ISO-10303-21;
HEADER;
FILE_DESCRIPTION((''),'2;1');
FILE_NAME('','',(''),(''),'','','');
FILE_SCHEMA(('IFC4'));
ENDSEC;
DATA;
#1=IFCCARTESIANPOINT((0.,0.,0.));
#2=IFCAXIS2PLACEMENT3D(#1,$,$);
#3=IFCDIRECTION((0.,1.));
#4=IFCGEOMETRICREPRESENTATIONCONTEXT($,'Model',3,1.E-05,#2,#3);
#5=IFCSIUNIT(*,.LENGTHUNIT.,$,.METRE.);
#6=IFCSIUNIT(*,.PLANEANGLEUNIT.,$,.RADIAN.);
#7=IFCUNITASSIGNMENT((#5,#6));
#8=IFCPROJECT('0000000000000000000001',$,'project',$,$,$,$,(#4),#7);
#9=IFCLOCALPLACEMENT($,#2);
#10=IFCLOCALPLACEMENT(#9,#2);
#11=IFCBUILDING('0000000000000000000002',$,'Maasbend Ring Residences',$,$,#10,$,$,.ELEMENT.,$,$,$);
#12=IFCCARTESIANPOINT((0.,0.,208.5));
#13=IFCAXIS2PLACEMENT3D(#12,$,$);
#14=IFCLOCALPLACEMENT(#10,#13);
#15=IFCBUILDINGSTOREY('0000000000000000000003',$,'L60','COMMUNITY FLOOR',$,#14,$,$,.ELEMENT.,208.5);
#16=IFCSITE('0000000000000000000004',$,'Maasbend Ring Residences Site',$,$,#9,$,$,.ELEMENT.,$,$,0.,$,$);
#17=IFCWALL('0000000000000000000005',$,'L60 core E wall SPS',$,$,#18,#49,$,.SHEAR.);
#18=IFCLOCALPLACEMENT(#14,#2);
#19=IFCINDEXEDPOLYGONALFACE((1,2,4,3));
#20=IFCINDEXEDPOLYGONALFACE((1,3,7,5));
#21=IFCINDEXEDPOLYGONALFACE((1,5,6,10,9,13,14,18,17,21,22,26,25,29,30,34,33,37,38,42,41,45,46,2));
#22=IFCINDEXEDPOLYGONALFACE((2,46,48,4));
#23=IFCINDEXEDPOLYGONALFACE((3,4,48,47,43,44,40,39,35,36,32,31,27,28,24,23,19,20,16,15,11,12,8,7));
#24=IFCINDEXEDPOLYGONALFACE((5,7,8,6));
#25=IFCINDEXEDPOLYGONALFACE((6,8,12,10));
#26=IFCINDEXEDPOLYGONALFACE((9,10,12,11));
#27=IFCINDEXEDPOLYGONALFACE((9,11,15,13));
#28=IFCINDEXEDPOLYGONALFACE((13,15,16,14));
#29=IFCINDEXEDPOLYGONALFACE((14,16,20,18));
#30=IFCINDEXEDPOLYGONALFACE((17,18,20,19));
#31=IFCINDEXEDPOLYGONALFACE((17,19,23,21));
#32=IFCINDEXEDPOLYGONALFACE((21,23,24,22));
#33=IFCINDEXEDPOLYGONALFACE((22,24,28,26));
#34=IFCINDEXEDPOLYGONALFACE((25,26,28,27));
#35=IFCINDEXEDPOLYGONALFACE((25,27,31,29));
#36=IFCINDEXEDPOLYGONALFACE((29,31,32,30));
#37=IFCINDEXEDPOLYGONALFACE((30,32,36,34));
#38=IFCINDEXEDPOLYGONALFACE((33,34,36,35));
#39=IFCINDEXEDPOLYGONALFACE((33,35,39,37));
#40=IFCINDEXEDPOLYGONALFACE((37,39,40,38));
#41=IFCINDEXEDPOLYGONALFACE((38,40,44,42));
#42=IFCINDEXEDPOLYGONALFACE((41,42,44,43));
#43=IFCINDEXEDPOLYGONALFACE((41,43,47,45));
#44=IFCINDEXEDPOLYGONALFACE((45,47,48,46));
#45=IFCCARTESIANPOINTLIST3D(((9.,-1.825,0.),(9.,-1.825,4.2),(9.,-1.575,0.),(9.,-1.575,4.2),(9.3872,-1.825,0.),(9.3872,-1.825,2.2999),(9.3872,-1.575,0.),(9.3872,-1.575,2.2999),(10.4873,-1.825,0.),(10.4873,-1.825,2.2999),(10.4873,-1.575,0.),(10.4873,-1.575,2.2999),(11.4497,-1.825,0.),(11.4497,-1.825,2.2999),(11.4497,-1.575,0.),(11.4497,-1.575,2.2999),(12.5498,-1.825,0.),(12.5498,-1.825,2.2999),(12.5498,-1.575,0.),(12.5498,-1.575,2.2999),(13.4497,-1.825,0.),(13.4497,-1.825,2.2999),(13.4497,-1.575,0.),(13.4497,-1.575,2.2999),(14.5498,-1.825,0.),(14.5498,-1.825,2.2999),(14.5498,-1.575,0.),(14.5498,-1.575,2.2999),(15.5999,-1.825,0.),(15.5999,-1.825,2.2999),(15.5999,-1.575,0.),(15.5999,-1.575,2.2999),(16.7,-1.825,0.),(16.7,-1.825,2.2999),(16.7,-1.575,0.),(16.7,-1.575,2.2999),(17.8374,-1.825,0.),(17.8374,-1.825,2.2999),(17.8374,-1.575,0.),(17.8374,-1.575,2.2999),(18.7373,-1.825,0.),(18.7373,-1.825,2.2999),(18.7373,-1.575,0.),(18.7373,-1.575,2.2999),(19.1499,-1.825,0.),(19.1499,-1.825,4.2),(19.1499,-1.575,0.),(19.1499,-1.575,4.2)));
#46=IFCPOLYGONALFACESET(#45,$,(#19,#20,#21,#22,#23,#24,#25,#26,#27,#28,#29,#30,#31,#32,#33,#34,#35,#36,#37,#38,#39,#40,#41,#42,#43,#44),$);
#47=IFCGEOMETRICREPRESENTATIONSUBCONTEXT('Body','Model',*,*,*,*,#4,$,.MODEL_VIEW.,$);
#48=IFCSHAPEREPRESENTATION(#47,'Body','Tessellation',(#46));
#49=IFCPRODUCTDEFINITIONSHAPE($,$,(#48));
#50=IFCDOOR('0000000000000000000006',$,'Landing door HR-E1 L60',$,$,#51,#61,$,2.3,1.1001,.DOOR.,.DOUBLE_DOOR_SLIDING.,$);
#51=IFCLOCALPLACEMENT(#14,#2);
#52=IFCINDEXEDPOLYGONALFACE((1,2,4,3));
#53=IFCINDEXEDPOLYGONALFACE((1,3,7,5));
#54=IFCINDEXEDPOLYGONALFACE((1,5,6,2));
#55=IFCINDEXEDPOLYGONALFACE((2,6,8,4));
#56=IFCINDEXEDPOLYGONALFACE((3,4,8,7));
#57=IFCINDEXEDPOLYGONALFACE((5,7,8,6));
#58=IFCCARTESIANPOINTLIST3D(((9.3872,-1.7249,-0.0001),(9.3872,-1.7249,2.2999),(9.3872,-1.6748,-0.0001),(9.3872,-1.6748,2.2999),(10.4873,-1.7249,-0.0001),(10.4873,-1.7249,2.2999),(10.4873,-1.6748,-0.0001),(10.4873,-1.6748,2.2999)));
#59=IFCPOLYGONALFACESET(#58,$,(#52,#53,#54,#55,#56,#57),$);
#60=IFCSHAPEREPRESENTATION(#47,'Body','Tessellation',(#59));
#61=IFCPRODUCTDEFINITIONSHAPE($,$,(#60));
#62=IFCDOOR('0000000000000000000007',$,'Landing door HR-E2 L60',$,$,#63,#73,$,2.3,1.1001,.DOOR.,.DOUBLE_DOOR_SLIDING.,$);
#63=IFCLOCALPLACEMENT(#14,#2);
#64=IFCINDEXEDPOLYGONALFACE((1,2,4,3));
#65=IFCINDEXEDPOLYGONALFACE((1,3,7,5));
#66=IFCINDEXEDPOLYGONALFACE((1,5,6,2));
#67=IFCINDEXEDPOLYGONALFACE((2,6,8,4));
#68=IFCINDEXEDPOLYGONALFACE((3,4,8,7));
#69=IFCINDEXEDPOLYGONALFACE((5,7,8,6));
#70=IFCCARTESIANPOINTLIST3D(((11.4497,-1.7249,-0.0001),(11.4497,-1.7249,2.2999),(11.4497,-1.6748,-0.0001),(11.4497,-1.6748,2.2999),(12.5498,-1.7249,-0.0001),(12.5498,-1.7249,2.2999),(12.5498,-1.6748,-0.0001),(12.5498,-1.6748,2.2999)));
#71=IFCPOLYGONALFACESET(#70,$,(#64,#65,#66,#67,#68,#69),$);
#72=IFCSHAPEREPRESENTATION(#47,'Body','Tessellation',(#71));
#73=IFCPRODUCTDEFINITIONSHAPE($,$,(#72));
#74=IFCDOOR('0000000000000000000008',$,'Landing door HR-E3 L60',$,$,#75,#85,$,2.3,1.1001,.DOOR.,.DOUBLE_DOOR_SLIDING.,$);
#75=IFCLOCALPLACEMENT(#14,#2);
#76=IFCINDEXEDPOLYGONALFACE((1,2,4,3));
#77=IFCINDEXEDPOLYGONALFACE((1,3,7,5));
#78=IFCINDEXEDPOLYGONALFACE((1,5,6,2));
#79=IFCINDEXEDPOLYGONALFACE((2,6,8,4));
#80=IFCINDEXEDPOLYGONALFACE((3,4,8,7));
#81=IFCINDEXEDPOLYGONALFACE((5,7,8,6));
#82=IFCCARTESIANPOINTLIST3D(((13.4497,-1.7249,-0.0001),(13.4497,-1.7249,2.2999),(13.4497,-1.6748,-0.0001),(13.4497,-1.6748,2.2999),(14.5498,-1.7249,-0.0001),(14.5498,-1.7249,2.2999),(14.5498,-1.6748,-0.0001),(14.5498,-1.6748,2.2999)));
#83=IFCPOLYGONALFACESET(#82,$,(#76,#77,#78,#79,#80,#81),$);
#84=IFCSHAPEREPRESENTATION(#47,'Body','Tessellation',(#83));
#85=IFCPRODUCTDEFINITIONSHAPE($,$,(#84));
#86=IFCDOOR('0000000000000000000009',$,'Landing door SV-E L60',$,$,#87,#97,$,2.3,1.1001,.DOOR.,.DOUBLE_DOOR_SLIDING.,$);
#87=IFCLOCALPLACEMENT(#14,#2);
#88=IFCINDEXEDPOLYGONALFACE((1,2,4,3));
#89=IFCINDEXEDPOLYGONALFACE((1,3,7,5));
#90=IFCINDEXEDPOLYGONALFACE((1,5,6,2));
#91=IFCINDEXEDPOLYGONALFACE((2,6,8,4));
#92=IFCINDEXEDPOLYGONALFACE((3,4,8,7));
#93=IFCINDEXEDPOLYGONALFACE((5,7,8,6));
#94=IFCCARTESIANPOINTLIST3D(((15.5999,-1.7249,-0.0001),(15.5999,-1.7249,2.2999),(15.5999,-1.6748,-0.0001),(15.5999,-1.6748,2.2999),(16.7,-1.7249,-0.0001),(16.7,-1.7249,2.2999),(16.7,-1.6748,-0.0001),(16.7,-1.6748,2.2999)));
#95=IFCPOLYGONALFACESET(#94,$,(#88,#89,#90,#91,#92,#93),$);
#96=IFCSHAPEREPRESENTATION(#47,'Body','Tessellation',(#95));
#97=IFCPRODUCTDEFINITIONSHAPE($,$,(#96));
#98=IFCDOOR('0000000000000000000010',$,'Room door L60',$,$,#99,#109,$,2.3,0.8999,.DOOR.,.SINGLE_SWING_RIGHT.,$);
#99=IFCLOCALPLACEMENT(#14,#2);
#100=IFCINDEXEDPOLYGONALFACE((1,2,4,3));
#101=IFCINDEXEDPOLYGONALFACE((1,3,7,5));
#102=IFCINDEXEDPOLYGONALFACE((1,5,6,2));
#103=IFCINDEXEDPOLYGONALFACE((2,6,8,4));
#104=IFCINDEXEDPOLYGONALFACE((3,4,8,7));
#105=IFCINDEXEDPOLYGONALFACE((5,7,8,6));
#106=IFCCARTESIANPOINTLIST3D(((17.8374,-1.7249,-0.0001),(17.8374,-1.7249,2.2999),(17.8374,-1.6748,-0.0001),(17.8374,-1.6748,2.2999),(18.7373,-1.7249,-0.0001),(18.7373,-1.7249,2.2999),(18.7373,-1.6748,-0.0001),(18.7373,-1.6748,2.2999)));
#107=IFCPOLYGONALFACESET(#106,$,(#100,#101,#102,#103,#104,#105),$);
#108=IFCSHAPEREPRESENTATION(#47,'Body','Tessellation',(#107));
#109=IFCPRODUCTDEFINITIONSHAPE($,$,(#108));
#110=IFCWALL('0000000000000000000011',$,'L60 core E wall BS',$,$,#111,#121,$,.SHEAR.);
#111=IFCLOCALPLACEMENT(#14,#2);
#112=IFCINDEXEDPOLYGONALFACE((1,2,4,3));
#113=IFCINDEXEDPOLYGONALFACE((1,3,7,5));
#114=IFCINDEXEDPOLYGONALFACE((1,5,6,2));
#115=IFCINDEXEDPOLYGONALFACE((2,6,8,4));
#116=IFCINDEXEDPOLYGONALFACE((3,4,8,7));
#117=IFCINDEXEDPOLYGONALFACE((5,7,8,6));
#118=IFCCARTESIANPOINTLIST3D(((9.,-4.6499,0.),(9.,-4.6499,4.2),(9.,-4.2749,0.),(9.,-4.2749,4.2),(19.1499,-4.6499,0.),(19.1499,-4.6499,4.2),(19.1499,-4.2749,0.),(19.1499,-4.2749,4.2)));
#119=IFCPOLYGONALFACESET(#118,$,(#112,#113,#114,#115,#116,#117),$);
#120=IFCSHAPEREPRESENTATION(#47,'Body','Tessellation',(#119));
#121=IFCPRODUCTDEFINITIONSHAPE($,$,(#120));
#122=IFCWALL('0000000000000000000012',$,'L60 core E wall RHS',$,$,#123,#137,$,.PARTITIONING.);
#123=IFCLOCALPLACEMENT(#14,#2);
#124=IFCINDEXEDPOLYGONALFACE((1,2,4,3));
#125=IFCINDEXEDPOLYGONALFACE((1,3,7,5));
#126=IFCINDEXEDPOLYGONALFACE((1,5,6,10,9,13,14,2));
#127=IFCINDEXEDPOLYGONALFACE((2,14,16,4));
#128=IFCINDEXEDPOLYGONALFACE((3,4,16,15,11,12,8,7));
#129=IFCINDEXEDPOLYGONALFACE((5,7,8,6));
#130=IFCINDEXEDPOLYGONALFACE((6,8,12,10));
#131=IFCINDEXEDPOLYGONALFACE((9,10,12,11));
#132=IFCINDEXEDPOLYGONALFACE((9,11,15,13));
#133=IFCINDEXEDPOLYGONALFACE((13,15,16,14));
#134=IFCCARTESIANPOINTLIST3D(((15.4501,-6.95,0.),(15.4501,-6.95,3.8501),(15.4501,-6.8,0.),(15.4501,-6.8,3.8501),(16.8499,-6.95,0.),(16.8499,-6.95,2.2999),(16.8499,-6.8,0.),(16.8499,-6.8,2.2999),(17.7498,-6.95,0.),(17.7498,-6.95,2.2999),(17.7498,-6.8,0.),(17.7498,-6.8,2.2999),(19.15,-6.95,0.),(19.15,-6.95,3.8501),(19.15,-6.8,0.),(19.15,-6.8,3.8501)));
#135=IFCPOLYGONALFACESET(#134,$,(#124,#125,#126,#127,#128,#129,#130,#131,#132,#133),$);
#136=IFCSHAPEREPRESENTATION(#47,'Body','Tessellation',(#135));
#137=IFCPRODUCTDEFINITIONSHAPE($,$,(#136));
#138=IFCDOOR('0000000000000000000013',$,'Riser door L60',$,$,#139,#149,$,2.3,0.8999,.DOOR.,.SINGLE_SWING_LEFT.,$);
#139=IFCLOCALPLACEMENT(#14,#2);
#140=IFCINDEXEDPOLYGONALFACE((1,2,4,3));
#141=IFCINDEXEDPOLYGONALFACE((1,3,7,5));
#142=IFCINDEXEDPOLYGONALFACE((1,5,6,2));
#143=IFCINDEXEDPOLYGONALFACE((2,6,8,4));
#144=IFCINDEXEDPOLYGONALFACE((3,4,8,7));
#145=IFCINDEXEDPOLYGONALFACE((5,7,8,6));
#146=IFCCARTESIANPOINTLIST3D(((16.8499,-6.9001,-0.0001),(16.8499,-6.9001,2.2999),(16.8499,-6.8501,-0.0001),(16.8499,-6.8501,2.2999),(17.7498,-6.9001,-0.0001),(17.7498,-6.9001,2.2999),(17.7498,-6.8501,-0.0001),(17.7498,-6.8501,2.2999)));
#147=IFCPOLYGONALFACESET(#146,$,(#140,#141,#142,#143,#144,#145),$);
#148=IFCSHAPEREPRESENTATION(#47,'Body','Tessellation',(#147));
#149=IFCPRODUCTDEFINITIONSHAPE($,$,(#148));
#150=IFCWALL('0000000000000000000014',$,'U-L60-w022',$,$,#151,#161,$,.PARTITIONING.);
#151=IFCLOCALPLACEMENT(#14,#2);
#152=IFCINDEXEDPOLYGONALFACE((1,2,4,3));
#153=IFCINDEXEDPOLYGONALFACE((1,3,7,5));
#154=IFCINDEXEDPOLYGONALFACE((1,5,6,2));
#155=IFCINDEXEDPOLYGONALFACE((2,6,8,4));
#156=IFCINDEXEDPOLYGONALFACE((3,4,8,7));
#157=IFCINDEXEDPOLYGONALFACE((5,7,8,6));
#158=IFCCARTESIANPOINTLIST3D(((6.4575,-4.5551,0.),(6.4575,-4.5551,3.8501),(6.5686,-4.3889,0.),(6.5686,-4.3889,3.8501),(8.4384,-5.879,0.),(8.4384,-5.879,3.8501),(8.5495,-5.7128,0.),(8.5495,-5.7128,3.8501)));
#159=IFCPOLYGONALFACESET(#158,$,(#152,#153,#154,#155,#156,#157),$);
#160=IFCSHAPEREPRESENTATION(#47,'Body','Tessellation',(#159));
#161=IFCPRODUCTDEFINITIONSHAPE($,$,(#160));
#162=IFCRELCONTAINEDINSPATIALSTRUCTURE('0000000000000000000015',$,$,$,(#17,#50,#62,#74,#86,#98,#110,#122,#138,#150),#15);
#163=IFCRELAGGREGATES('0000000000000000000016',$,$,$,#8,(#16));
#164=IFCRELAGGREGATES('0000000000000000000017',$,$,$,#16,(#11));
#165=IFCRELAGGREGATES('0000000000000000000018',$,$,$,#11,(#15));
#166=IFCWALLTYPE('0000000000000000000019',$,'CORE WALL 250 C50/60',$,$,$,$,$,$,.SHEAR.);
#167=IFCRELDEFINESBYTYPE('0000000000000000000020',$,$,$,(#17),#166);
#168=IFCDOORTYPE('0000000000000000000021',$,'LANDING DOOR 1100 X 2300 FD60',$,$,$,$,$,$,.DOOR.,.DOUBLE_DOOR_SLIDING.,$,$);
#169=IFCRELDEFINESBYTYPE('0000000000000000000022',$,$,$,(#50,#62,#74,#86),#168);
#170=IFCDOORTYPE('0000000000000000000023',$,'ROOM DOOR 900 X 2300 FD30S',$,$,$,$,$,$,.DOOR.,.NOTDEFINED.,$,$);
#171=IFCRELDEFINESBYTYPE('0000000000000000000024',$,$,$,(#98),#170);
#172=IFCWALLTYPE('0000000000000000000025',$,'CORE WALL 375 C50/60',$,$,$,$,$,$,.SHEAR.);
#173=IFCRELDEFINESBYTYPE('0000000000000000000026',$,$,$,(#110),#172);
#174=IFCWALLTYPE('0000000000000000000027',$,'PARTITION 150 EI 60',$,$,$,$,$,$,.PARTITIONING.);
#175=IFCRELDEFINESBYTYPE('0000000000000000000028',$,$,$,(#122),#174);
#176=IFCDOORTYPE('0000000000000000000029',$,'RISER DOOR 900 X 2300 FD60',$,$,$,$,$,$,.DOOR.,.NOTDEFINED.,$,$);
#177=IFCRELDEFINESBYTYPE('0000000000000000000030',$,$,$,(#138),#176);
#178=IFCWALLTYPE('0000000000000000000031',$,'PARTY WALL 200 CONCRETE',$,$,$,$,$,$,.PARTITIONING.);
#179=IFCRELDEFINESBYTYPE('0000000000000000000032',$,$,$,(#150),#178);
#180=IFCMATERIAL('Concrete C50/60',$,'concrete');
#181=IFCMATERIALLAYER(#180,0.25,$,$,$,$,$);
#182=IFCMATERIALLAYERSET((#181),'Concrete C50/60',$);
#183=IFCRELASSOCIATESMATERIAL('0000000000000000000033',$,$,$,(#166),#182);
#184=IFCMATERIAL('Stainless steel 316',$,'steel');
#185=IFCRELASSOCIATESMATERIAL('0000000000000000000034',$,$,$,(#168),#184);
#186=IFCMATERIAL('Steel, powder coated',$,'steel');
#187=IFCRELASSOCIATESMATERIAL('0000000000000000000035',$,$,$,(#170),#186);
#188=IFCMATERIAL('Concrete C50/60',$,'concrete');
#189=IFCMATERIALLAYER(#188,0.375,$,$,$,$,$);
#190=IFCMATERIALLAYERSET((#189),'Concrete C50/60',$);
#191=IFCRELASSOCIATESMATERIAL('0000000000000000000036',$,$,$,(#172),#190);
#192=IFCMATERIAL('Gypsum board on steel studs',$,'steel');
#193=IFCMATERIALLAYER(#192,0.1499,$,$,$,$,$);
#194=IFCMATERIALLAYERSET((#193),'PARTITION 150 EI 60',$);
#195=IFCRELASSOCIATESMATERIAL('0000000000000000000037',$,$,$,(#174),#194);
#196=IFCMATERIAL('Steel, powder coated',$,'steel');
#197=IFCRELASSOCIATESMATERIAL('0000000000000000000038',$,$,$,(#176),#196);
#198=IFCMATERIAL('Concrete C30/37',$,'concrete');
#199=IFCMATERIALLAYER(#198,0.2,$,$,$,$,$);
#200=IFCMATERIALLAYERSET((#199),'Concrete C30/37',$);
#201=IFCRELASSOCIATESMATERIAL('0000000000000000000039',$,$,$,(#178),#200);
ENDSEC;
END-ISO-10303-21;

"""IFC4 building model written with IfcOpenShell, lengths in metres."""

from ifc_helpers import new_model, si_unit, direction, frame, frame_2d, origin, place, context, subcontext, project, spatial, rectangle, extrude, material, layer, layer_set, type_object, element, fill, save


model = new_model("IFC4")

# Units and contexts
model_context = context("Model", 3, precision=1e-05, world=origin(), true_north=direction((0.0, 1.0)))
body_context = subcontext(model_context, "Body", "Model", "MODEL_VIEW")
ifc_project = project(units=[si_unit("LENGTHUNIT", "METRE"), si_unit("PLANEANGLEUNIT", "RADIAN")], contexts=[model_context])

# Site, building, storey
site_placement = place(None, origin())
site = spatial("IfcSite", under=ifc_project, at=site_placement, Name="Maasbend Ring Residences Site", CompositionType="ELEMENT", RefElevation=0.0)
building_placement = place(site_placement, origin())
building = spatial("IfcBuilding", under=site, at=building_placement, Name="Maasbend Ring Residences", CompositionType="ELEMENT")
storey_placement = place(building_placement, frame((0.0, 0.0, 208.5)))
storey = spatial("IfcBuildingStorey", under=building, at=storey_placement, Name="L60", Description="COMMUNITY FLOOR", CompositionType="ELEMENT", Elevation=208.5)

# Wall, openings, doors
ifc_material_1 = material(Name="Concrete C50/60", Category="concrete")
ifc_layer_1 = layer(ifc_material_1, 0.25)
ifc_layer_set_1 = layer_set([ifc_layer_1], Name="Concrete C50/60")
wall_type_1 = type_object("IfcWallType", Name="CORE WALL 250 C50/60", PredefinedType="SHEAR", material=ifc_layer_set_1)
wall_1_placement = place(storey_placement, frame((19.1499, -1.7, 0.0), z_axis=(0.0, 0.0, 1.0), x_axis=(-1.0, 0.0, 0.0)))
wall_1 = element("IfcWall", 1, at=wall_1_placement, inside=storey, type_object=wall_type_1, Name="L60 core E wall SPS", PredefinedType="SHEAR", context=body_context, shape_type="SweptSolid", body=[
    extrude(rectangle(XDim=10.1499, YDim=0.25, at=frame_2d((5.075, 0.0))), origin(), (0.0, 0.0, 1.0), 4.2),
])
opening_1_placement = place(wall_1_placement, frame((8.6626, 0.0, 0.0)))
opening_1 = element("IfcOpeningElement", 2, at=opening_1_placement, cuts=wall_1, PredefinedType="OPENING", context=body_context, shape_type="SweptSolid", body=[
    extrude(rectangle(XDim=1.1001, YDim=2.3, at=frame_2d((0.55, 1.1499))), frame((0.0, 0.135, 0.0), z_axis=(0.0, -1.0, 0.0), x_axis=(1.0, 0.0, 0.0)), (0.0, 0.0, 1.0), 0.27),
])
opening_2_placement = place(wall_1_placement, frame((6.6001, 0.0, 0.0)))
opening_2 = element("IfcOpeningElement", 3, at=opening_2_placement, cuts=wall_1, PredefinedType="OPENING", context=body_context, shape_type="SweptSolid", body=[
    extrude(rectangle(XDim=1.1001, YDim=2.3, at=frame_2d((0.55, 1.1499))), frame((0.0, 0.135, 0.0), z_axis=(0.0, -1.0, 0.0), x_axis=(1.0, 0.0, 0.0)), (0.0, 0.0, 1.0), 0.27),
])
opening_3_placement = place(wall_1_placement, frame((4.6001, 0.0, 0.0)))
opening_3 = element("IfcOpeningElement", 4, at=opening_3_placement, cuts=wall_1, PredefinedType="OPENING", context=body_context, shape_type="SweptSolid", body=[
    extrude(rectangle(XDim=1.1001, YDim=2.3, at=frame_2d((0.55, 1.1499))), frame((0.0, 0.135, 0.0), z_axis=(0.0, -1.0, 0.0), x_axis=(1.0, 0.0, 0.0)), (0.0, 0.0, 1.0), 0.27),
])
opening_4_placement = place(wall_1_placement, frame((2.45, 0.0, 0.0)))
opening_4 = element("IfcOpeningElement", 5, at=opening_4_placement, cuts=wall_1, PredefinedType="OPENING", context=body_context, shape_type="SweptSolid", body=[
    extrude(rectangle(XDim=1.1001, YDim=2.3, at=frame_2d((0.55, 1.1499))), frame((0.0, 0.135, 0.0), z_axis=(0.0, -1.0, 0.0), x_axis=(1.0, 0.0, 0.0)), (0.0, 0.0, 1.0), 0.27),
])
opening_5_placement = place(wall_1_placement, frame((0.4126, 0.0, 0.0)))
opening_5 = element("IfcOpeningElement", 6, at=opening_5_placement, cuts=wall_1, PredefinedType="OPENING", context=body_context, shape_type="SweptSolid", body=[
    extrude(rectangle(XDim=0.8999, YDim=2.3, at=frame_2d((0.45, 1.1499))), frame((0.0, 0.135, 0.0), z_axis=(0.0, -1.0, 0.0), x_axis=(1.0, 0.0, 0.0)), (0.0, 0.0, 1.0), 0.27),
])
ifc_material_2 = material(Name="Stainless steel 316", Category="steel")
door_type_1 = type_object("IfcDoorType", Name="LANDING DOOR 1100 X 2300 FD60", OperationType="DOUBLE_DOOR_SLIDING", PredefinedType="DOOR", material=ifc_material_2)
door_1_placement = place(opening_1_placement, origin())
door_1 = element("IfcDoor", 7, at=door_1_placement, inside=storey, type_object=door_type_1, Name="Landing door HR-E1 L60", OperationType="DOUBLE_DOOR_SLIDING", OverallHeight=2.3, OverallWidth=1.1001, PredefinedType="DOOR", context=body_context, shape_type="SweptSolid", body=[
    extrude(rectangle(XDim=1.1001, YDim=2.3, at=frame_2d((0.55, 1.1499))), frame((0.0, 0.0249, 0.0), z_axis=(0.0, -1.0, 0.0), x_axis=(1.0, 0.0, 0.0)), (0.0, 0.0, 1.0), 0.05),
])
fill(opening_1, door_1)
door_2_placement = place(opening_2_placement, origin())
door_2 = element("IfcDoor", 8, at=door_2_placement, inside=storey, type_object=door_type_1, Name="Landing door HR-E2 L60", OperationType="DOUBLE_DOOR_SLIDING", OverallHeight=2.3, OverallWidth=1.1001, PredefinedType="DOOR", context=body_context, shape_type="SweptSolid", body=[
    extrude(rectangle(XDim=1.1001, YDim=2.3, at=frame_2d((0.55, 1.1499))), frame((0.0, 0.0249, 0.0), z_axis=(0.0, -1.0, 0.0), x_axis=(1.0, 0.0, 0.0)), (0.0, 0.0, 1.0), 0.05),
])
fill(opening_2, door_2)
door_3_placement = place(opening_3_placement, origin())
door_3 = element("IfcDoor", 9, at=door_3_placement, inside=storey, type_object=door_type_1, Name="Landing door HR-E3 L60", OperationType="DOUBLE_DOOR_SLIDING", OverallHeight=2.3, OverallWidth=1.1001, PredefinedType="DOOR", context=body_context, shape_type="SweptSolid", body=[
    extrude(rectangle(XDim=1.1001, YDim=2.3, at=frame_2d((0.55, 1.1499))), frame((0.0, 0.0249, 0.0), z_axis=(0.0, -1.0, 0.0), x_axis=(1.0, 0.0, 0.0)), (0.0, 0.0, 1.0), 0.05),
])
fill(opening_3, door_3)
door_4_placement = place(opening_4_placement, origin())
door_4 = element("IfcDoor", 10, at=door_4_placement, inside=storey, type_object=door_type_1, Name="Landing door SV-E L60", OperationType="DOUBLE_DOOR_SLIDING", OverallHeight=2.3, OverallWidth=1.1001, PredefinedType="DOOR", context=body_context, shape_type="SweptSolid", body=[
    extrude(rectangle(XDim=1.1001, YDim=2.3, at=frame_2d((0.55, 1.1499))), frame((0.0, 0.0249, 0.0), z_axis=(0.0, -1.0, 0.0), x_axis=(1.0, 0.0, 0.0)), (0.0, 0.0, 1.0), 0.05),
])
fill(opening_4, door_4)
ifc_material_3 = material(Name="Steel, powder coated", Category="steel")
door_type_2 = type_object("IfcDoorType", Name="ROOM DOOR 900 X 2300 FD30S", OperationType="NOTDEFINED", PredefinedType="DOOR", material=ifc_material_3)
door_5_placement = place(opening_5_placement, origin())
door_5 = element("IfcDoor", 11, at=door_5_placement, inside=storey, type_object=door_type_2, Name="Room door L60", OperationType="SINGLE_SWING_RIGHT", OverallHeight=2.3, OverallWidth=0.8999, PredefinedType="DOOR", context=body_context, shape_type="SweptSolid", body=[
    extrude(rectangle(XDim=0.8999, YDim=2.3, at=frame_2d((0.45, 1.1499))), frame((0.0, 0.0249, 0.0), z_axis=(0.0, -1.0, 0.0), x_axis=(1.0, 0.0, 0.0)), (0.0, 0.0, 1.0), 0.05),
])
fill(opening_5, door_5)

# Wall
ifc_material_4 = material(Name="Concrete C50/60", Category="concrete")
ifc_layer_2 = layer(ifc_material_4, 0.375)
ifc_layer_set_2 = layer_set([ifc_layer_2], Name="Concrete C50/60")
wall_type_2 = type_object("IfcWallType", Name="CORE WALL 375 C50/60", PredefinedType="SHEAR", material=ifc_layer_set_2)
wall_2_placement = place(storey_placement, frame((9.0, -4.4624, 0.0), z_axis=(0.0, 0.0, 1.0), x_axis=(1.0, 0.0, 0.0)))
element("IfcWall", 12, at=wall_2_placement, inside=storey, type_object=wall_type_2, Name="L60 core E wall BS", PredefinedType="SHEAR", context=body_context, shape_type="SweptSolid", body=[
    extrude(rectangle(XDim=10.1499, YDim=0.375, at=frame_2d((5.075, 0.0))), origin(), (0.0, 0.0, 1.0), 4.2),
])

# Wall, opening, door
ifc_material_5 = material(Name="Gypsum board on steel studs", Category="steel")
ifc_layer_3 = layer(ifc_material_5, 0.1499)
ifc_layer_set_3 = layer_set([ifc_layer_3], Name="PARTITION 150 EI 60")
wall_type_3 = type_object("IfcWallType", Name="PARTITION 150 EI 60", PredefinedType="PARTITIONING", material=ifc_layer_set_3)
wall_3_placement = place(storey_placement, frame((15.45, -6.875, 0.0), z_axis=(0.0, 0.0, 1.0), x_axis=(1.0, 0.0, 0.0)))
wall_3 = element("IfcWall", 13, at=wall_3_placement, inside=storey, type_object=wall_type_3, Name="L60 core E wall RHS", PredefinedType="PARTITIONING", context=body_context, shape_type="SweptSolid", body=[
    extrude(rectangle(XDim=3.7, YDim=0.1499, at=frame_2d((1.8501, 0.0))), origin(), (0.0, 0.0, 1.0), 3.8501),
])
opening_6_placement = place(wall_3_placement, frame((1.3999, 0.0, 0.0)))
opening_6 = element("IfcOpeningElement", 14, at=opening_6_placement, cuts=wall_3, PredefinedType="OPENING", context=body_context, shape_type="SweptSolid", body=[
    extrude(rectangle(XDim=0.8999, YDim=2.3, at=frame_2d((0.45, 1.1499))), frame((0.0, 0.085, 0.0), z_axis=(0.0, -1.0, 0.0), x_axis=(1.0, 0.0, 0.0)), (0.0, 0.0, 1.0), 0.1699),
])
ifc_material_6 = material(Name="Steel, powder coated", Category="steel")
door_type_3 = type_object("IfcDoorType", Name="RISER DOOR 900 X 2300 FD60", OperationType="NOTDEFINED", PredefinedType="DOOR", material=ifc_material_6)
door_6_placement = place(opening_6_placement, origin())
door_6 = element("IfcDoor", 15, at=door_6_placement, inside=storey, type_object=door_type_3, Name="Riser door L60", OperationType="SINGLE_SWING_LEFT", OverallHeight=2.3, OverallWidth=0.8999, PredefinedType="DOOR", context=body_context, shape_type="SweptSolid", body=[
    extrude(rectangle(XDim=0.8999, YDim=2.3, at=frame_2d((0.45, 1.1499))), frame((0.0, 0.0249, 0.0), z_axis=(0.0, -1.0, 0.0), x_axis=(1.0, 0.0, 0.0)), (0.0, 0.0, 1.0), 0.05),
])
fill(opening_6, door_6)

# Wall
ifc_material_7 = material(Name="Concrete C30/37", Category="concrete")
ifc_layer_4 = layer(ifc_material_7, 0.2)
ifc_layer_set_4 = layer_set([ifc_layer_4], Name="Concrete C30/37")
wall_type_4 = type_object("IfcWallType", Name="PARTY WALL 200 CONCRETE", PredefinedType="PARTITIONING", material=ifc_layer_set_4)
wall_4_placement = place(storey_placement, frame((6.5129, -4.4719, 0.0), z_axis=(0.0, 0.0, 1.0), x_axis=(0.831403, -0.555669, 0.0)))
element("IfcWall", 16, at=wall_4_placement, inside=storey, type_object=wall_type_4, Name="U-L60-w022", PredefinedType="PARTITIONING", context=body_context, shape_type="SweptSolid", body=[
    extrude(rectangle(XDim=2.3826, YDim=0.2, at=frame_2d((1.1914, 0.0))), origin(), (0.0, 0.0, 1.0), 3.8501),
])

save(model, "model.ifc")
